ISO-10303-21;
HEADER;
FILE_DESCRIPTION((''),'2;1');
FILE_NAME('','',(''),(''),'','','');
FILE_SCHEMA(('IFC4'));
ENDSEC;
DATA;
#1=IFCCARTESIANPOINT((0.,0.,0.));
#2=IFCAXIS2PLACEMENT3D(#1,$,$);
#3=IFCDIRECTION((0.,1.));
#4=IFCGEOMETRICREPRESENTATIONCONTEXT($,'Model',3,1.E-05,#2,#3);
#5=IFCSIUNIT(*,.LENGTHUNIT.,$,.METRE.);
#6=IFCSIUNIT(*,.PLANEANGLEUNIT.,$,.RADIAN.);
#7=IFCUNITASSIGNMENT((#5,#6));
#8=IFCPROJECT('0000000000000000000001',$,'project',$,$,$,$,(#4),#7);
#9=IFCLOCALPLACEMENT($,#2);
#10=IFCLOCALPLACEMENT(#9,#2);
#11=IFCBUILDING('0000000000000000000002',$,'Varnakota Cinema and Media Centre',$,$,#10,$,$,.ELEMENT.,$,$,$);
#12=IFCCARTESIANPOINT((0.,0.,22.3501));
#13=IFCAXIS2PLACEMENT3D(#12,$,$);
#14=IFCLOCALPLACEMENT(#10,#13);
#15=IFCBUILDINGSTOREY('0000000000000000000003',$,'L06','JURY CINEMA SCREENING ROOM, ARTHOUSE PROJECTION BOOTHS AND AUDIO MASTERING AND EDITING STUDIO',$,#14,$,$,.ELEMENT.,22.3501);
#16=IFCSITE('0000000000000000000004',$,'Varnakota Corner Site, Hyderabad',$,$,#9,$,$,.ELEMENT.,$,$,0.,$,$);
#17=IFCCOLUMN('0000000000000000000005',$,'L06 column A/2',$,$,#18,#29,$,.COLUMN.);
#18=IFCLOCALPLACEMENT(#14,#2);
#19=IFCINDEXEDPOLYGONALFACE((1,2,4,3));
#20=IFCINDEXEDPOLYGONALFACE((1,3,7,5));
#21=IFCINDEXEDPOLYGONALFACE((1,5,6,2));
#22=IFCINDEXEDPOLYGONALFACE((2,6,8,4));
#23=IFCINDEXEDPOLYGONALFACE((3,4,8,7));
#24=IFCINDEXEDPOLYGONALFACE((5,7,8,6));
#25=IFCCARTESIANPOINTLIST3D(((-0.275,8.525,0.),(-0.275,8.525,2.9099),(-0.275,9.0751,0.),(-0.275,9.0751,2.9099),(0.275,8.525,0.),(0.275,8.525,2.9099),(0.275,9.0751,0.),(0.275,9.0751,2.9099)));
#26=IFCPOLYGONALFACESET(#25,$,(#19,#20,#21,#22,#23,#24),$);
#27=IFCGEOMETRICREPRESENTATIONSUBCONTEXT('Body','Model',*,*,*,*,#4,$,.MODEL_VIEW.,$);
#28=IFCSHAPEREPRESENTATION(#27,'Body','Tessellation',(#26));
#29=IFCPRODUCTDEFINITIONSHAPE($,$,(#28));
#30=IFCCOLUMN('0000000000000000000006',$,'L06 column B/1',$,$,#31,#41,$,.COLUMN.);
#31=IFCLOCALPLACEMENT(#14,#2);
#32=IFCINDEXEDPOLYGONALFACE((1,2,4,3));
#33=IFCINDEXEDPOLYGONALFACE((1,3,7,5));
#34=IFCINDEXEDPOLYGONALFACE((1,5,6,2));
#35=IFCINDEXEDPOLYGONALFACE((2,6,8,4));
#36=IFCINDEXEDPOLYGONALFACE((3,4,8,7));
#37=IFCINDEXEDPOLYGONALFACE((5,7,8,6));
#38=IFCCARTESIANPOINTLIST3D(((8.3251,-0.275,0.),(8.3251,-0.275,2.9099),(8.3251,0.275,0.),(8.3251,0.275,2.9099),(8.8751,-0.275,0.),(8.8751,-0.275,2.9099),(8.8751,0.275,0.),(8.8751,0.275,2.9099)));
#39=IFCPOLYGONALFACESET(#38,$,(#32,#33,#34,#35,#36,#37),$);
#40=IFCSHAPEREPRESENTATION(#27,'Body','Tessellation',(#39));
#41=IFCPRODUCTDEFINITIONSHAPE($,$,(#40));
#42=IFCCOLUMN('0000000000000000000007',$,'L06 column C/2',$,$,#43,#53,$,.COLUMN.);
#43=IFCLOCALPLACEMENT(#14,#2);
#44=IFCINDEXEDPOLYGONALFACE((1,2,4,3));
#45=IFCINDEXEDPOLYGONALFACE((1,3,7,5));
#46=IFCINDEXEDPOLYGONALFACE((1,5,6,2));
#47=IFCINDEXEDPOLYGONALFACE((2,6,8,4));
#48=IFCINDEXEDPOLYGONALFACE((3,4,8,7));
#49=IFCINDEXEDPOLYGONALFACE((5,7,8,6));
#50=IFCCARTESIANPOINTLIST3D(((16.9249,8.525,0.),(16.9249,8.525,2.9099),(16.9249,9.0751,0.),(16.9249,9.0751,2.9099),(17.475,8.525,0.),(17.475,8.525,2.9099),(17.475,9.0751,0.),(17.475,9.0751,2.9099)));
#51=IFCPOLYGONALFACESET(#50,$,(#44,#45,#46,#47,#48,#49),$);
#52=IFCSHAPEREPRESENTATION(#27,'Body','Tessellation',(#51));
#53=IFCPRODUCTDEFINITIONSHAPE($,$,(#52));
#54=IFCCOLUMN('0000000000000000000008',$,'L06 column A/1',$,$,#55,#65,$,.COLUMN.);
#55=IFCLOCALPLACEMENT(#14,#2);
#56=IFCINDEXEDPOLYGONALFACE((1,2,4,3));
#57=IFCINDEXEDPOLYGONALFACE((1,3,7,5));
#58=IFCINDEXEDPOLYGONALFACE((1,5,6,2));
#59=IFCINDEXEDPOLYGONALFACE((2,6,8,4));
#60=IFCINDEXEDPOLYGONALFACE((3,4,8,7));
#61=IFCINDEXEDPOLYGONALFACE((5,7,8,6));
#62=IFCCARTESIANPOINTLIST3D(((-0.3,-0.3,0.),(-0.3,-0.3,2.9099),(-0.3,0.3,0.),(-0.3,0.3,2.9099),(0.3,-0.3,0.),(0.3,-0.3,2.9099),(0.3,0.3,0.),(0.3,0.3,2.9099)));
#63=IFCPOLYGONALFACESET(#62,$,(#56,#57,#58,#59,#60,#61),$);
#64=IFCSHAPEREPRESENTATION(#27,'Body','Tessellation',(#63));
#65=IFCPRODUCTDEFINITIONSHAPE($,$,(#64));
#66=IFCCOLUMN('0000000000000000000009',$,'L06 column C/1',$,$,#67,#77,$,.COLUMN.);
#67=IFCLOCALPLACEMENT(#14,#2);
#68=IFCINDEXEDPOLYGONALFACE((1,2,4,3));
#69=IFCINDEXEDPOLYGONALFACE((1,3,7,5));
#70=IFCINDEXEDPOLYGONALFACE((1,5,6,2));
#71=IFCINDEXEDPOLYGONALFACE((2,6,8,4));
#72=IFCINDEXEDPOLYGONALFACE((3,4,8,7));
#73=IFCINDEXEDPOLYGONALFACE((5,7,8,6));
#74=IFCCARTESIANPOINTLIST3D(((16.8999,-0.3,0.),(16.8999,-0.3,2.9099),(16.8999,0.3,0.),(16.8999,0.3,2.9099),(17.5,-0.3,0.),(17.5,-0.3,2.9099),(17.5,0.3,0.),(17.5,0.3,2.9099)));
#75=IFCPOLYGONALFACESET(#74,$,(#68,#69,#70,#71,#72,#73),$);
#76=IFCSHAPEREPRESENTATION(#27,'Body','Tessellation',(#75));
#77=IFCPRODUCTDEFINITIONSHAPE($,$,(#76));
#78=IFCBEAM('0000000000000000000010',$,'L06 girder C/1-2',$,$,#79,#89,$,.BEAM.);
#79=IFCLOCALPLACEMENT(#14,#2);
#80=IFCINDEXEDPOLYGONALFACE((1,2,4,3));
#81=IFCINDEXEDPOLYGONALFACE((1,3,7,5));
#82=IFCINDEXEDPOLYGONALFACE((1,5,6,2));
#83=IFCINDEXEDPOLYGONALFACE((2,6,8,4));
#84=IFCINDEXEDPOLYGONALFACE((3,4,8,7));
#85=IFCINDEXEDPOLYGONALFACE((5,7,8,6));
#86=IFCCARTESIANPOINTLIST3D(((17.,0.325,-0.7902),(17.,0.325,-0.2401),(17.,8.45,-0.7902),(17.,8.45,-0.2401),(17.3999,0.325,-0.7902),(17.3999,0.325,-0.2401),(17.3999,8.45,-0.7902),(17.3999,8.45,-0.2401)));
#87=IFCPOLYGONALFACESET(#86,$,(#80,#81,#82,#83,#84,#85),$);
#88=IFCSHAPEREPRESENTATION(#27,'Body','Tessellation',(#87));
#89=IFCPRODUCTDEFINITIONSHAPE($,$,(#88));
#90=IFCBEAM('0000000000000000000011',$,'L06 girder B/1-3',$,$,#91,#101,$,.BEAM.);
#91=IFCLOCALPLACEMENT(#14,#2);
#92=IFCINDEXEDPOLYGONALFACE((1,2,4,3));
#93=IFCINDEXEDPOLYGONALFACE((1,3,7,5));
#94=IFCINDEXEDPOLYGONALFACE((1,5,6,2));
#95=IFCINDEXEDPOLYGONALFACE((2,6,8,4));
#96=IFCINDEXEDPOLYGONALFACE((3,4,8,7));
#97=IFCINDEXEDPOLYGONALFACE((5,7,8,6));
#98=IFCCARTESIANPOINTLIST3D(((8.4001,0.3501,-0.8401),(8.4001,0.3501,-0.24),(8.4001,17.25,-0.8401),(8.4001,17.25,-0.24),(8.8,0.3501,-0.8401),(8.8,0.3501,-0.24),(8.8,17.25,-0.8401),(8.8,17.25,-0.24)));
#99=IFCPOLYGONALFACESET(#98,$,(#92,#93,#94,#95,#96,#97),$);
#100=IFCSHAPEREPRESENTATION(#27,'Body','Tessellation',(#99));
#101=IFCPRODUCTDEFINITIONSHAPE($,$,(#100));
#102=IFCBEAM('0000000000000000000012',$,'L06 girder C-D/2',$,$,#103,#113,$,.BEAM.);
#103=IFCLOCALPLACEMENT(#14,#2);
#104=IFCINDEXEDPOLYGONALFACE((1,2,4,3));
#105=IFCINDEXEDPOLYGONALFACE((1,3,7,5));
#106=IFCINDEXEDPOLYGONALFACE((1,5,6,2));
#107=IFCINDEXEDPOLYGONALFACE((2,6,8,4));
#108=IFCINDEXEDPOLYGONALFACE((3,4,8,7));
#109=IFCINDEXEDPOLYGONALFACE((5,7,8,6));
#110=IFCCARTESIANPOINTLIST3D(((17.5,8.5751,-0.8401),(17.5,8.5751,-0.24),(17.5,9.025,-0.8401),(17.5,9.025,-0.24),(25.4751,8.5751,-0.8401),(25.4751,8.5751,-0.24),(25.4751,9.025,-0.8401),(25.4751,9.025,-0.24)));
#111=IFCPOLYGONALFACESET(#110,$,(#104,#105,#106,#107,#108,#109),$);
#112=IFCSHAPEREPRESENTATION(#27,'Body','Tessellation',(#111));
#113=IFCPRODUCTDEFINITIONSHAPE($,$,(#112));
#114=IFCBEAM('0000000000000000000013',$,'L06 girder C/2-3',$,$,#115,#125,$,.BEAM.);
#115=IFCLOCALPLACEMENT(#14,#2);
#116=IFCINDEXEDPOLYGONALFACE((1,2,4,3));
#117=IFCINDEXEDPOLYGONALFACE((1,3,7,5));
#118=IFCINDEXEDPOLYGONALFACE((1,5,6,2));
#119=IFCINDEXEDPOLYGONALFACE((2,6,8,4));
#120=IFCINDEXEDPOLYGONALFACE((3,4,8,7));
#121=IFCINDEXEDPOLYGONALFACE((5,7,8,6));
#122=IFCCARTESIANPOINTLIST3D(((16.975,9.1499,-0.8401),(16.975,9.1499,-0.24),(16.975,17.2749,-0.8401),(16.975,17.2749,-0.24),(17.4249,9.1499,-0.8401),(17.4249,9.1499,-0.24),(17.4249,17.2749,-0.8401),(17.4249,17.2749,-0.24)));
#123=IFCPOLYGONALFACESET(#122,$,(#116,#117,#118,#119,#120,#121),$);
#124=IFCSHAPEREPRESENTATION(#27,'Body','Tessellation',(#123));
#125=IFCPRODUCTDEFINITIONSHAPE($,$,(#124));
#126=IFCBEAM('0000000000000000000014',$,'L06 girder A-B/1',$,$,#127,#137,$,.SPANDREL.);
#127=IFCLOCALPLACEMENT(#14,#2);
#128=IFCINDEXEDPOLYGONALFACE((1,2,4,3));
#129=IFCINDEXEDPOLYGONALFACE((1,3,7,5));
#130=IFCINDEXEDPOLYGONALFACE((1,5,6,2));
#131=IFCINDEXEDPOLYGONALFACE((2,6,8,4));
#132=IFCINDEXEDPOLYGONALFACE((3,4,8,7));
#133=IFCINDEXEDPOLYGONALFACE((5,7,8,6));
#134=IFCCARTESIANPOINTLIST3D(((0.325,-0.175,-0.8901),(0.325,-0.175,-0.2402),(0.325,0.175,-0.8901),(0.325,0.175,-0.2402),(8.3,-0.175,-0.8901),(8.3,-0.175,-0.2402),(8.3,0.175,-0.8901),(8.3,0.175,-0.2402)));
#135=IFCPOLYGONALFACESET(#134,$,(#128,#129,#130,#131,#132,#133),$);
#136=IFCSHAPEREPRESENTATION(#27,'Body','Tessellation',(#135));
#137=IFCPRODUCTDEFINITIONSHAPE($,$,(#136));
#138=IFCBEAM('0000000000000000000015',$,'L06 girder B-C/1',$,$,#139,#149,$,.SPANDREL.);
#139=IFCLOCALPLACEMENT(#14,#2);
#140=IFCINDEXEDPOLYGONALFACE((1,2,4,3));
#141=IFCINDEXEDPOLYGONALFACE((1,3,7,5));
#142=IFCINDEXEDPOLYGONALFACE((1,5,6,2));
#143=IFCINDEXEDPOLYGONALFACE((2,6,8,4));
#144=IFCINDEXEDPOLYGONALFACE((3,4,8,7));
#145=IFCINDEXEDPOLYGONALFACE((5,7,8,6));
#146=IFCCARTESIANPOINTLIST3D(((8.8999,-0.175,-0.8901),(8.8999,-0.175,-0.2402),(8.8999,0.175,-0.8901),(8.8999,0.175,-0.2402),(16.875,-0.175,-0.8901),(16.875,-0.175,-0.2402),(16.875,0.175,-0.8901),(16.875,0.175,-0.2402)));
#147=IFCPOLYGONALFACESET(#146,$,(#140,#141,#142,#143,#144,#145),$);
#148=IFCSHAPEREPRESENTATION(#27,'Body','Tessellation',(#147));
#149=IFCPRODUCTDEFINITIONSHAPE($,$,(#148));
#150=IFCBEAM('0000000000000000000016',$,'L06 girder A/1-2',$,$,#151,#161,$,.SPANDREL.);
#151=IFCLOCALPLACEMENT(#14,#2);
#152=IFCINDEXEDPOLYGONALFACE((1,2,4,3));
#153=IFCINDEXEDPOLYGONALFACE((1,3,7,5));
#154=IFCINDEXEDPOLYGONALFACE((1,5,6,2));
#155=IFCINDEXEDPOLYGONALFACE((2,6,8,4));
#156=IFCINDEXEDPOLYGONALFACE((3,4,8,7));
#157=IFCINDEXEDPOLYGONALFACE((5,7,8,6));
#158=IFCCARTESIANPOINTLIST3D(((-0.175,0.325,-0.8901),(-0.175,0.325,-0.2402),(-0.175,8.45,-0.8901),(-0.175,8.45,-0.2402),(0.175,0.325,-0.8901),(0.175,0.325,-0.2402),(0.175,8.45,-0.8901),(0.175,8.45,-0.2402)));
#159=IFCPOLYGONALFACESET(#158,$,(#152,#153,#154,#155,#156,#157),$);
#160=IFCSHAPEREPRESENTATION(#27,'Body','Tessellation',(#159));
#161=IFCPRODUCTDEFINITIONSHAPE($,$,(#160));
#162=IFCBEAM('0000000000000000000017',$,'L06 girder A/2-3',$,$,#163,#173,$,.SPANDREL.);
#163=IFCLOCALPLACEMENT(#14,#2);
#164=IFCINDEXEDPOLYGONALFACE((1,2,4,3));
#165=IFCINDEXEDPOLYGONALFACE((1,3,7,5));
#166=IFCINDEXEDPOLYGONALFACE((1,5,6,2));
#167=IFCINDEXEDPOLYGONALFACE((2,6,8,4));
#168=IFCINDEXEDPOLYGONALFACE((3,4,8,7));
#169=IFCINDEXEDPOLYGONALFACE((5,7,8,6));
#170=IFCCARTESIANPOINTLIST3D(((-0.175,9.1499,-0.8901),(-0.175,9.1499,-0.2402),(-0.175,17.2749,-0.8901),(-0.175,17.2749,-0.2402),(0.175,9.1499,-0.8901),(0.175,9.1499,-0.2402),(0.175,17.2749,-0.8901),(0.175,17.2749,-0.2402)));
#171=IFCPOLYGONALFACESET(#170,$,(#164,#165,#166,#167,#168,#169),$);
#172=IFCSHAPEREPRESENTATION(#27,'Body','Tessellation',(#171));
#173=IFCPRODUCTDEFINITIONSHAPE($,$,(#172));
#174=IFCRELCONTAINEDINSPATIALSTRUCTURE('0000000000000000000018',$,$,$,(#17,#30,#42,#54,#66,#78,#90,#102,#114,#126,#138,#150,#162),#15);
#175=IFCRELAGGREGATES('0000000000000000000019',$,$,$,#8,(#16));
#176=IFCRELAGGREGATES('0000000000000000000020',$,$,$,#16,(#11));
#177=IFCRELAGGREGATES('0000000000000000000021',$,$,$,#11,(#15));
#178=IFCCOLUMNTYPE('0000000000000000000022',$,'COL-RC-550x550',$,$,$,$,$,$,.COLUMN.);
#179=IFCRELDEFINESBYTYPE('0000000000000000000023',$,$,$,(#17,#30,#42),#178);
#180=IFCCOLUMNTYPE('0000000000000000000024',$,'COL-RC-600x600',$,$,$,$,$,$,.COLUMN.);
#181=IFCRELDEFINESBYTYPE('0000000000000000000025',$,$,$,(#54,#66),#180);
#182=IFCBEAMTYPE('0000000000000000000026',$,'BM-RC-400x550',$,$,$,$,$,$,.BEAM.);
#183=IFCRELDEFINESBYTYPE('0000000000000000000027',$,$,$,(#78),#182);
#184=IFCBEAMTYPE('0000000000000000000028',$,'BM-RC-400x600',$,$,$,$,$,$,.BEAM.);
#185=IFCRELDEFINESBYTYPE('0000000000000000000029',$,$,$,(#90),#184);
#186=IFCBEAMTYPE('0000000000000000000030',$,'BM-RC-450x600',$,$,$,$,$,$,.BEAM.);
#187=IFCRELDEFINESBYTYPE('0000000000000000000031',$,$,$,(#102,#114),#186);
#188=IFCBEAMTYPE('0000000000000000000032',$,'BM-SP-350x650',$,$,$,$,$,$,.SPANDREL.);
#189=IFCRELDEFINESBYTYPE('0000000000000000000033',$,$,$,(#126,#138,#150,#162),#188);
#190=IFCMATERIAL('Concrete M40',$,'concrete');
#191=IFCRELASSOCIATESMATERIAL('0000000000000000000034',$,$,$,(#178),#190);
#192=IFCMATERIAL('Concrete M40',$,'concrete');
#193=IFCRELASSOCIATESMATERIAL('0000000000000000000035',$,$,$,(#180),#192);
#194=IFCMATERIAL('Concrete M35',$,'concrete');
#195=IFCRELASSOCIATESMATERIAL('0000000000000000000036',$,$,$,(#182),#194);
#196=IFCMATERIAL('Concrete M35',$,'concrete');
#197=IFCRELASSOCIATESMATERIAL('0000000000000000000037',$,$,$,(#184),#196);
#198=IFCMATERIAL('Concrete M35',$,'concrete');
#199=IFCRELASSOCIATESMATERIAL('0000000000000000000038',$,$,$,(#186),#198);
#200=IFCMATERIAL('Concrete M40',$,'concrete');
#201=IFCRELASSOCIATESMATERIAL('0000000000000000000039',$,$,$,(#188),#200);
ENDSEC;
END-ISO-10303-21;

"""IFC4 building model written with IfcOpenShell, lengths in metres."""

from ifc_helpers import new_model, si_unit, direction, frame, origin, origin_2d, place, context, subcontext, project, spatial, rectangle, extrude, material, material_profile, profile_set, type_object, element, save


model = new_model("IFC4")

# Units and contexts
model_context = context("Model", 3, precision=1e-05, world=origin(), true_north=direction((0.0, 1.0)))
body_context = subcontext(model_context, "Body", "Model", "MODEL_VIEW")
ifc_project = project(units=[si_unit("LENGTHUNIT", "METRE"), si_unit("PLANEANGLEUNIT", "RADIAN")], contexts=[model_context])

# Site, building, storey
site_placement = place(None, origin())
site = spatial("IfcSite", under=ifc_project, at=site_placement, Name="Varnakota Corner Site, Hyderabad", CompositionType="ELEMENT", RefElevation=0.0)
building_placement = place(site_placement, origin())
building = spatial("IfcBuilding", under=site, at=building_placement, Name="Varnakota Cinema and Media Centre", CompositionType="ELEMENT")
storey_placement = place(building_placement, frame((0.0, 0.0, 22.3501)))
storey = spatial("IfcBuildingStorey", under=building, at=storey_placement, Name="L06", Description="JURY CINEMA SCREENING ROOM, ARTHOUSE PROJECTION BOOTHS AND AUDIO MASTERING AND EDITING STUDIO", CompositionType="ELEMENT", Elevation=22.3501)

# Columns
ifc_material_1 = material(Name="Concrete M40", Category="concrete")
ifc_material_profile_1 = material_profile(ifc_material_1, rectangle(XDim=0.55, YDim=0.55, at=origin_2d()), Name="RC 550x550")
ifc_profile_set_1 = profile_set([ifc_material_profile_1], Name="Concrete M40")
column_type_1 = type_object("IfcColumnType", Name="COL-RC-550x550", PredefinedType="COLUMN", material=ifc_profile_set_1)
for number, where, z_axis, x_axis, name in (
    (1, (0.0, 8.8, 0.0), (0.0, 0.0, 1.0), (1.0, 0.0, 0.0), "L06 column A/2"),
    (2, (8.6001, 0.0, 0.0), (0.0, 0.0, 1.0), (1.0, 0.0, 0.0), "L06 column B/1"),
    (3, (17.2, 8.8, 0.0), (0.0, 0.0, 1.0), (1.0, 0.0, 0.0), "L06 column C/2"),
):
    element("IfcColumn", number, at=place(storey_placement, frame(where, z_axis=z_axis, x_axis=x_axis)), inside=storey, type_object=column_type_1, Name=name, PredefinedType="COLUMN", context=body_context, shape_type="SweptSolid", body=[
        extrude(rectangle(XDim=0.55, YDim=0.55, at=origin_2d()), origin(), (0.0, 0.0, 1.0), 2.9099),
    ])
ifc_material_2 = material(Name="Concrete M40", Category="concrete")
ifc_material_profile_2 = material_profile(ifc_material_2, rectangle(XDim=0.6001, YDim=0.6001, at=origin_2d()), Name="RC 600x600")
ifc_profile_set_2 = profile_set([ifc_material_profile_2], Name="Concrete M40")
column_type_2 = type_object("IfcColumnType", Name="COL-RC-600x600", PredefinedType="COLUMN", material=ifc_profile_set_2)
for number, where, z_axis, x_axis, name in (
    (4, (0.0, 0.0, 0.0), (0.0, 0.0, 1.0), (1.0, 0.0, 0.0), "L06 column A/1"),
    (5, (17.2, 0.0, 0.0), (0.0, 0.0, 1.0), (1.0, 0.0, 0.0), "L06 column C/1"),
):
    element("IfcColumn", number, at=place(storey_placement, frame(where, z_axis=z_axis, x_axis=x_axis)), inside=storey, type_object=column_type_2, Name=name, PredefinedType="COLUMN", context=body_context, shape_type="SweptSolid", body=[
        extrude(rectangle(XDim=0.6001, YDim=0.6001, at=origin_2d()), origin(), (0.0, 0.0, 1.0), 2.9099),
    ])

# Beams
ifc_material_3 = material(Name="Concrete M35", Category="concrete")
ifc_material_profile_3 = material_profile(ifc_material_3, rectangle(XDim=0.3999, YDim=0.55, at=origin_2d()), Name="RCB 400x550")
ifc_profile_set_3 = profile_set([ifc_material_profile_3], Name="Concrete M35")
beam_type_1 = type_object("IfcBeamType", Name="BM-RC-400x550", PredefinedType="BEAM", material=ifc_profile_set_3)
beam_1_placement = place(storey_placement, frame((17.2, 0.325, -0.5151), z_axis=(0.0, 1.0, 0.0), x_axis=(-1.0, 0.0, 0.0)))
element("IfcBeam", 6, at=beam_1_placement, inside=storey, type_object=beam_type_1, Name="L06 girder C/1-2", PredefinedType="BEAM", context=body_context, shape_type="SweptSolid", body=[
    extrude(rectangle(XDim=0.3999, YDim=0.55, at=origin_2d()), origin(), (0.0, 0.0, 1.0), 8.125),
])
ifc_material_4 = material(Name="Concrete M35", Category="concrete")
ifc_material_profile_4 = material_profile(ifc_material_4, rectangle(XDim=0.3999, YDim=0.6001, at=origin_2d()), Name="RCB 400x600")
ifc_profile_set_4 = profile_set([ifc_material_profile_4], Name="Concrete M35")
beam_type_2 = type_object("IfcBeamType", Name="BM-RC-400x600", PredefinedType="BEAM", material=ifc_profile_set_4)
beam_2_placement = place(storey_placement, frame((8.6001, 0.3501, -0.54), z_axis=(0.0, 1.0, 0.0), x_axis=(-1.0, 0.0, 0.0)))
element("IfcBeam", 7, at=beam_2_placement, inside=storey, type_object=beam_type_2, Name="L06 girder B/1-3", PredefinedType="BEAM", context=body_context, shape_type="SweptSolid", body=[
    extrude(rectangle(XDim=0.3999, YDim=0.6001, at=origin_2d()), origin(), (0.0, 0.0, 1.0), 16.8999),
])
ifc_material_5 = material(Name="Concrete M35", Category="concrete")
ifc_material_profile_5 = material_profile(ifc_material_5, rectangle(XDim=0.45, YDim=0.6001, at=origin_2d()), Name="RCB 450x600")
ifc_profile_set_5 = profile_set([ifc_material_profile_5], Name="Concrete M35")
beam_type_3 = type_object("IfcBeamType", Name="BM-RC-450x600", PredefinedType="BEAM", material=ifc_profile_set_5)
beam_3_placement = place(storey_placement, frame((17.5, 8.8, -0.54), z_axis=(1.0, 0.0, 0.0), x_axis=(0.0, 1.0, 0.0)))
element("IfcBeam", 8, at=beam_3_placement, inside=storey, type_object=beam_type_3, Name="L06 girder C-D/2", PredefinedType="BEAM", context=body_context, shape_type="SweptSolid", body=[
    extrude(rectangle(XDim=0.45, YDim=0.6001, at=origin_2d()), origin(), (0.0, 0.0, 1.0), 7.9751),
])
beam_4_placement = place(storey_placement, frame((17.2, 9.1499, -0.54), z_axis=(0.0, 1.0, 0.0), x_axis=(-1.0, 0.0, 0.0)))
element("IfcBeam", 9, at=beam_4_placement, inside=storey, type_object=beam_type_3, Name="L06 girder C/2-3", PredefinedType="BEAM", context=body_context, shape_type="SweptSolid", body=[
    extrude(rectangle(XDim=0.45, YDim=0.6001, at=origin_2d()), origin(), (0.0, 0.0, 1.0), 8.125),
])
ifc_material_6 = material(Name="Concrete M40", Category="concrete")
ifc_material_profile_6 = material_profile(ifc_material_6, rectangle(XDim=0.3501, YDim=0.6499, at=origin_2d()), Name="RCB 350x650")
ifc_profile_set_6 = profile_set([ifc_material_profile_6], Name="Concrete M40")
beam_type_4 = type_object("IfcBeamType", Name="BM-SP-350x650", PredefinedType="SPANDREL", material=ifc_profile_set_6)
for number, where, z_axis, x_axis, name in (
    (10, (0.325, 0.0, -0.5652), (1.0, 0.0, 0.0), (0.0, 1.0, 0.0), "L06 girder A-B/1"),
    (11, (8.8999, 0.0, -0.5652), (1.0, 0.0, 0.0), (0.0, 1.0, 0.0), "L06 girder B-C/1"),
):
    element("IfcBeam", number, at=place(storey_placement, frame(where, z_axis=z_axis, x_axis=x_axis)), inside=storey, type_object=beam_type_4, Name=name, PredefinedType="SPANDREL", context=body_context, shape_type="SweptSolid", body=[
        extrude(rectangle(XDim=0.3501, YDim=0.6499, at=origin_2d()), origin(), (0.0, 0.0, 1.0), 7.9751),
    ])
for number, where, z_axis, x_axis, name in (
    (12, (0.0, 0.325, -0.5652), (0.0, 1.0, 0.0), (-1.0, 0.0, 0.0), "L06 girder A/1-2"),
    (13, (0.0, 9.1499, -0.5652), (0.0, 1.0, 0.0), (-1.0, 0.0, 0.0), "L06 girder A/2-3"),
):
    element("IfcBeam", number, at=place(storey_placement, frame(where, z_axis=z_axis, x_axis=x_axis)), inside=storey, type_object=beam_type_4, Name=name, PredefinedType="SPANDREL", context=body_context, shape_type="SweptSolid", body=[
        extrude(rectangle(XDim=0.3501, YDim=0.6499, at=origin_2d()), origin(), (0.0, 0.0, 1.0), 8.125),
    ])

save(model, "model.ifc")
